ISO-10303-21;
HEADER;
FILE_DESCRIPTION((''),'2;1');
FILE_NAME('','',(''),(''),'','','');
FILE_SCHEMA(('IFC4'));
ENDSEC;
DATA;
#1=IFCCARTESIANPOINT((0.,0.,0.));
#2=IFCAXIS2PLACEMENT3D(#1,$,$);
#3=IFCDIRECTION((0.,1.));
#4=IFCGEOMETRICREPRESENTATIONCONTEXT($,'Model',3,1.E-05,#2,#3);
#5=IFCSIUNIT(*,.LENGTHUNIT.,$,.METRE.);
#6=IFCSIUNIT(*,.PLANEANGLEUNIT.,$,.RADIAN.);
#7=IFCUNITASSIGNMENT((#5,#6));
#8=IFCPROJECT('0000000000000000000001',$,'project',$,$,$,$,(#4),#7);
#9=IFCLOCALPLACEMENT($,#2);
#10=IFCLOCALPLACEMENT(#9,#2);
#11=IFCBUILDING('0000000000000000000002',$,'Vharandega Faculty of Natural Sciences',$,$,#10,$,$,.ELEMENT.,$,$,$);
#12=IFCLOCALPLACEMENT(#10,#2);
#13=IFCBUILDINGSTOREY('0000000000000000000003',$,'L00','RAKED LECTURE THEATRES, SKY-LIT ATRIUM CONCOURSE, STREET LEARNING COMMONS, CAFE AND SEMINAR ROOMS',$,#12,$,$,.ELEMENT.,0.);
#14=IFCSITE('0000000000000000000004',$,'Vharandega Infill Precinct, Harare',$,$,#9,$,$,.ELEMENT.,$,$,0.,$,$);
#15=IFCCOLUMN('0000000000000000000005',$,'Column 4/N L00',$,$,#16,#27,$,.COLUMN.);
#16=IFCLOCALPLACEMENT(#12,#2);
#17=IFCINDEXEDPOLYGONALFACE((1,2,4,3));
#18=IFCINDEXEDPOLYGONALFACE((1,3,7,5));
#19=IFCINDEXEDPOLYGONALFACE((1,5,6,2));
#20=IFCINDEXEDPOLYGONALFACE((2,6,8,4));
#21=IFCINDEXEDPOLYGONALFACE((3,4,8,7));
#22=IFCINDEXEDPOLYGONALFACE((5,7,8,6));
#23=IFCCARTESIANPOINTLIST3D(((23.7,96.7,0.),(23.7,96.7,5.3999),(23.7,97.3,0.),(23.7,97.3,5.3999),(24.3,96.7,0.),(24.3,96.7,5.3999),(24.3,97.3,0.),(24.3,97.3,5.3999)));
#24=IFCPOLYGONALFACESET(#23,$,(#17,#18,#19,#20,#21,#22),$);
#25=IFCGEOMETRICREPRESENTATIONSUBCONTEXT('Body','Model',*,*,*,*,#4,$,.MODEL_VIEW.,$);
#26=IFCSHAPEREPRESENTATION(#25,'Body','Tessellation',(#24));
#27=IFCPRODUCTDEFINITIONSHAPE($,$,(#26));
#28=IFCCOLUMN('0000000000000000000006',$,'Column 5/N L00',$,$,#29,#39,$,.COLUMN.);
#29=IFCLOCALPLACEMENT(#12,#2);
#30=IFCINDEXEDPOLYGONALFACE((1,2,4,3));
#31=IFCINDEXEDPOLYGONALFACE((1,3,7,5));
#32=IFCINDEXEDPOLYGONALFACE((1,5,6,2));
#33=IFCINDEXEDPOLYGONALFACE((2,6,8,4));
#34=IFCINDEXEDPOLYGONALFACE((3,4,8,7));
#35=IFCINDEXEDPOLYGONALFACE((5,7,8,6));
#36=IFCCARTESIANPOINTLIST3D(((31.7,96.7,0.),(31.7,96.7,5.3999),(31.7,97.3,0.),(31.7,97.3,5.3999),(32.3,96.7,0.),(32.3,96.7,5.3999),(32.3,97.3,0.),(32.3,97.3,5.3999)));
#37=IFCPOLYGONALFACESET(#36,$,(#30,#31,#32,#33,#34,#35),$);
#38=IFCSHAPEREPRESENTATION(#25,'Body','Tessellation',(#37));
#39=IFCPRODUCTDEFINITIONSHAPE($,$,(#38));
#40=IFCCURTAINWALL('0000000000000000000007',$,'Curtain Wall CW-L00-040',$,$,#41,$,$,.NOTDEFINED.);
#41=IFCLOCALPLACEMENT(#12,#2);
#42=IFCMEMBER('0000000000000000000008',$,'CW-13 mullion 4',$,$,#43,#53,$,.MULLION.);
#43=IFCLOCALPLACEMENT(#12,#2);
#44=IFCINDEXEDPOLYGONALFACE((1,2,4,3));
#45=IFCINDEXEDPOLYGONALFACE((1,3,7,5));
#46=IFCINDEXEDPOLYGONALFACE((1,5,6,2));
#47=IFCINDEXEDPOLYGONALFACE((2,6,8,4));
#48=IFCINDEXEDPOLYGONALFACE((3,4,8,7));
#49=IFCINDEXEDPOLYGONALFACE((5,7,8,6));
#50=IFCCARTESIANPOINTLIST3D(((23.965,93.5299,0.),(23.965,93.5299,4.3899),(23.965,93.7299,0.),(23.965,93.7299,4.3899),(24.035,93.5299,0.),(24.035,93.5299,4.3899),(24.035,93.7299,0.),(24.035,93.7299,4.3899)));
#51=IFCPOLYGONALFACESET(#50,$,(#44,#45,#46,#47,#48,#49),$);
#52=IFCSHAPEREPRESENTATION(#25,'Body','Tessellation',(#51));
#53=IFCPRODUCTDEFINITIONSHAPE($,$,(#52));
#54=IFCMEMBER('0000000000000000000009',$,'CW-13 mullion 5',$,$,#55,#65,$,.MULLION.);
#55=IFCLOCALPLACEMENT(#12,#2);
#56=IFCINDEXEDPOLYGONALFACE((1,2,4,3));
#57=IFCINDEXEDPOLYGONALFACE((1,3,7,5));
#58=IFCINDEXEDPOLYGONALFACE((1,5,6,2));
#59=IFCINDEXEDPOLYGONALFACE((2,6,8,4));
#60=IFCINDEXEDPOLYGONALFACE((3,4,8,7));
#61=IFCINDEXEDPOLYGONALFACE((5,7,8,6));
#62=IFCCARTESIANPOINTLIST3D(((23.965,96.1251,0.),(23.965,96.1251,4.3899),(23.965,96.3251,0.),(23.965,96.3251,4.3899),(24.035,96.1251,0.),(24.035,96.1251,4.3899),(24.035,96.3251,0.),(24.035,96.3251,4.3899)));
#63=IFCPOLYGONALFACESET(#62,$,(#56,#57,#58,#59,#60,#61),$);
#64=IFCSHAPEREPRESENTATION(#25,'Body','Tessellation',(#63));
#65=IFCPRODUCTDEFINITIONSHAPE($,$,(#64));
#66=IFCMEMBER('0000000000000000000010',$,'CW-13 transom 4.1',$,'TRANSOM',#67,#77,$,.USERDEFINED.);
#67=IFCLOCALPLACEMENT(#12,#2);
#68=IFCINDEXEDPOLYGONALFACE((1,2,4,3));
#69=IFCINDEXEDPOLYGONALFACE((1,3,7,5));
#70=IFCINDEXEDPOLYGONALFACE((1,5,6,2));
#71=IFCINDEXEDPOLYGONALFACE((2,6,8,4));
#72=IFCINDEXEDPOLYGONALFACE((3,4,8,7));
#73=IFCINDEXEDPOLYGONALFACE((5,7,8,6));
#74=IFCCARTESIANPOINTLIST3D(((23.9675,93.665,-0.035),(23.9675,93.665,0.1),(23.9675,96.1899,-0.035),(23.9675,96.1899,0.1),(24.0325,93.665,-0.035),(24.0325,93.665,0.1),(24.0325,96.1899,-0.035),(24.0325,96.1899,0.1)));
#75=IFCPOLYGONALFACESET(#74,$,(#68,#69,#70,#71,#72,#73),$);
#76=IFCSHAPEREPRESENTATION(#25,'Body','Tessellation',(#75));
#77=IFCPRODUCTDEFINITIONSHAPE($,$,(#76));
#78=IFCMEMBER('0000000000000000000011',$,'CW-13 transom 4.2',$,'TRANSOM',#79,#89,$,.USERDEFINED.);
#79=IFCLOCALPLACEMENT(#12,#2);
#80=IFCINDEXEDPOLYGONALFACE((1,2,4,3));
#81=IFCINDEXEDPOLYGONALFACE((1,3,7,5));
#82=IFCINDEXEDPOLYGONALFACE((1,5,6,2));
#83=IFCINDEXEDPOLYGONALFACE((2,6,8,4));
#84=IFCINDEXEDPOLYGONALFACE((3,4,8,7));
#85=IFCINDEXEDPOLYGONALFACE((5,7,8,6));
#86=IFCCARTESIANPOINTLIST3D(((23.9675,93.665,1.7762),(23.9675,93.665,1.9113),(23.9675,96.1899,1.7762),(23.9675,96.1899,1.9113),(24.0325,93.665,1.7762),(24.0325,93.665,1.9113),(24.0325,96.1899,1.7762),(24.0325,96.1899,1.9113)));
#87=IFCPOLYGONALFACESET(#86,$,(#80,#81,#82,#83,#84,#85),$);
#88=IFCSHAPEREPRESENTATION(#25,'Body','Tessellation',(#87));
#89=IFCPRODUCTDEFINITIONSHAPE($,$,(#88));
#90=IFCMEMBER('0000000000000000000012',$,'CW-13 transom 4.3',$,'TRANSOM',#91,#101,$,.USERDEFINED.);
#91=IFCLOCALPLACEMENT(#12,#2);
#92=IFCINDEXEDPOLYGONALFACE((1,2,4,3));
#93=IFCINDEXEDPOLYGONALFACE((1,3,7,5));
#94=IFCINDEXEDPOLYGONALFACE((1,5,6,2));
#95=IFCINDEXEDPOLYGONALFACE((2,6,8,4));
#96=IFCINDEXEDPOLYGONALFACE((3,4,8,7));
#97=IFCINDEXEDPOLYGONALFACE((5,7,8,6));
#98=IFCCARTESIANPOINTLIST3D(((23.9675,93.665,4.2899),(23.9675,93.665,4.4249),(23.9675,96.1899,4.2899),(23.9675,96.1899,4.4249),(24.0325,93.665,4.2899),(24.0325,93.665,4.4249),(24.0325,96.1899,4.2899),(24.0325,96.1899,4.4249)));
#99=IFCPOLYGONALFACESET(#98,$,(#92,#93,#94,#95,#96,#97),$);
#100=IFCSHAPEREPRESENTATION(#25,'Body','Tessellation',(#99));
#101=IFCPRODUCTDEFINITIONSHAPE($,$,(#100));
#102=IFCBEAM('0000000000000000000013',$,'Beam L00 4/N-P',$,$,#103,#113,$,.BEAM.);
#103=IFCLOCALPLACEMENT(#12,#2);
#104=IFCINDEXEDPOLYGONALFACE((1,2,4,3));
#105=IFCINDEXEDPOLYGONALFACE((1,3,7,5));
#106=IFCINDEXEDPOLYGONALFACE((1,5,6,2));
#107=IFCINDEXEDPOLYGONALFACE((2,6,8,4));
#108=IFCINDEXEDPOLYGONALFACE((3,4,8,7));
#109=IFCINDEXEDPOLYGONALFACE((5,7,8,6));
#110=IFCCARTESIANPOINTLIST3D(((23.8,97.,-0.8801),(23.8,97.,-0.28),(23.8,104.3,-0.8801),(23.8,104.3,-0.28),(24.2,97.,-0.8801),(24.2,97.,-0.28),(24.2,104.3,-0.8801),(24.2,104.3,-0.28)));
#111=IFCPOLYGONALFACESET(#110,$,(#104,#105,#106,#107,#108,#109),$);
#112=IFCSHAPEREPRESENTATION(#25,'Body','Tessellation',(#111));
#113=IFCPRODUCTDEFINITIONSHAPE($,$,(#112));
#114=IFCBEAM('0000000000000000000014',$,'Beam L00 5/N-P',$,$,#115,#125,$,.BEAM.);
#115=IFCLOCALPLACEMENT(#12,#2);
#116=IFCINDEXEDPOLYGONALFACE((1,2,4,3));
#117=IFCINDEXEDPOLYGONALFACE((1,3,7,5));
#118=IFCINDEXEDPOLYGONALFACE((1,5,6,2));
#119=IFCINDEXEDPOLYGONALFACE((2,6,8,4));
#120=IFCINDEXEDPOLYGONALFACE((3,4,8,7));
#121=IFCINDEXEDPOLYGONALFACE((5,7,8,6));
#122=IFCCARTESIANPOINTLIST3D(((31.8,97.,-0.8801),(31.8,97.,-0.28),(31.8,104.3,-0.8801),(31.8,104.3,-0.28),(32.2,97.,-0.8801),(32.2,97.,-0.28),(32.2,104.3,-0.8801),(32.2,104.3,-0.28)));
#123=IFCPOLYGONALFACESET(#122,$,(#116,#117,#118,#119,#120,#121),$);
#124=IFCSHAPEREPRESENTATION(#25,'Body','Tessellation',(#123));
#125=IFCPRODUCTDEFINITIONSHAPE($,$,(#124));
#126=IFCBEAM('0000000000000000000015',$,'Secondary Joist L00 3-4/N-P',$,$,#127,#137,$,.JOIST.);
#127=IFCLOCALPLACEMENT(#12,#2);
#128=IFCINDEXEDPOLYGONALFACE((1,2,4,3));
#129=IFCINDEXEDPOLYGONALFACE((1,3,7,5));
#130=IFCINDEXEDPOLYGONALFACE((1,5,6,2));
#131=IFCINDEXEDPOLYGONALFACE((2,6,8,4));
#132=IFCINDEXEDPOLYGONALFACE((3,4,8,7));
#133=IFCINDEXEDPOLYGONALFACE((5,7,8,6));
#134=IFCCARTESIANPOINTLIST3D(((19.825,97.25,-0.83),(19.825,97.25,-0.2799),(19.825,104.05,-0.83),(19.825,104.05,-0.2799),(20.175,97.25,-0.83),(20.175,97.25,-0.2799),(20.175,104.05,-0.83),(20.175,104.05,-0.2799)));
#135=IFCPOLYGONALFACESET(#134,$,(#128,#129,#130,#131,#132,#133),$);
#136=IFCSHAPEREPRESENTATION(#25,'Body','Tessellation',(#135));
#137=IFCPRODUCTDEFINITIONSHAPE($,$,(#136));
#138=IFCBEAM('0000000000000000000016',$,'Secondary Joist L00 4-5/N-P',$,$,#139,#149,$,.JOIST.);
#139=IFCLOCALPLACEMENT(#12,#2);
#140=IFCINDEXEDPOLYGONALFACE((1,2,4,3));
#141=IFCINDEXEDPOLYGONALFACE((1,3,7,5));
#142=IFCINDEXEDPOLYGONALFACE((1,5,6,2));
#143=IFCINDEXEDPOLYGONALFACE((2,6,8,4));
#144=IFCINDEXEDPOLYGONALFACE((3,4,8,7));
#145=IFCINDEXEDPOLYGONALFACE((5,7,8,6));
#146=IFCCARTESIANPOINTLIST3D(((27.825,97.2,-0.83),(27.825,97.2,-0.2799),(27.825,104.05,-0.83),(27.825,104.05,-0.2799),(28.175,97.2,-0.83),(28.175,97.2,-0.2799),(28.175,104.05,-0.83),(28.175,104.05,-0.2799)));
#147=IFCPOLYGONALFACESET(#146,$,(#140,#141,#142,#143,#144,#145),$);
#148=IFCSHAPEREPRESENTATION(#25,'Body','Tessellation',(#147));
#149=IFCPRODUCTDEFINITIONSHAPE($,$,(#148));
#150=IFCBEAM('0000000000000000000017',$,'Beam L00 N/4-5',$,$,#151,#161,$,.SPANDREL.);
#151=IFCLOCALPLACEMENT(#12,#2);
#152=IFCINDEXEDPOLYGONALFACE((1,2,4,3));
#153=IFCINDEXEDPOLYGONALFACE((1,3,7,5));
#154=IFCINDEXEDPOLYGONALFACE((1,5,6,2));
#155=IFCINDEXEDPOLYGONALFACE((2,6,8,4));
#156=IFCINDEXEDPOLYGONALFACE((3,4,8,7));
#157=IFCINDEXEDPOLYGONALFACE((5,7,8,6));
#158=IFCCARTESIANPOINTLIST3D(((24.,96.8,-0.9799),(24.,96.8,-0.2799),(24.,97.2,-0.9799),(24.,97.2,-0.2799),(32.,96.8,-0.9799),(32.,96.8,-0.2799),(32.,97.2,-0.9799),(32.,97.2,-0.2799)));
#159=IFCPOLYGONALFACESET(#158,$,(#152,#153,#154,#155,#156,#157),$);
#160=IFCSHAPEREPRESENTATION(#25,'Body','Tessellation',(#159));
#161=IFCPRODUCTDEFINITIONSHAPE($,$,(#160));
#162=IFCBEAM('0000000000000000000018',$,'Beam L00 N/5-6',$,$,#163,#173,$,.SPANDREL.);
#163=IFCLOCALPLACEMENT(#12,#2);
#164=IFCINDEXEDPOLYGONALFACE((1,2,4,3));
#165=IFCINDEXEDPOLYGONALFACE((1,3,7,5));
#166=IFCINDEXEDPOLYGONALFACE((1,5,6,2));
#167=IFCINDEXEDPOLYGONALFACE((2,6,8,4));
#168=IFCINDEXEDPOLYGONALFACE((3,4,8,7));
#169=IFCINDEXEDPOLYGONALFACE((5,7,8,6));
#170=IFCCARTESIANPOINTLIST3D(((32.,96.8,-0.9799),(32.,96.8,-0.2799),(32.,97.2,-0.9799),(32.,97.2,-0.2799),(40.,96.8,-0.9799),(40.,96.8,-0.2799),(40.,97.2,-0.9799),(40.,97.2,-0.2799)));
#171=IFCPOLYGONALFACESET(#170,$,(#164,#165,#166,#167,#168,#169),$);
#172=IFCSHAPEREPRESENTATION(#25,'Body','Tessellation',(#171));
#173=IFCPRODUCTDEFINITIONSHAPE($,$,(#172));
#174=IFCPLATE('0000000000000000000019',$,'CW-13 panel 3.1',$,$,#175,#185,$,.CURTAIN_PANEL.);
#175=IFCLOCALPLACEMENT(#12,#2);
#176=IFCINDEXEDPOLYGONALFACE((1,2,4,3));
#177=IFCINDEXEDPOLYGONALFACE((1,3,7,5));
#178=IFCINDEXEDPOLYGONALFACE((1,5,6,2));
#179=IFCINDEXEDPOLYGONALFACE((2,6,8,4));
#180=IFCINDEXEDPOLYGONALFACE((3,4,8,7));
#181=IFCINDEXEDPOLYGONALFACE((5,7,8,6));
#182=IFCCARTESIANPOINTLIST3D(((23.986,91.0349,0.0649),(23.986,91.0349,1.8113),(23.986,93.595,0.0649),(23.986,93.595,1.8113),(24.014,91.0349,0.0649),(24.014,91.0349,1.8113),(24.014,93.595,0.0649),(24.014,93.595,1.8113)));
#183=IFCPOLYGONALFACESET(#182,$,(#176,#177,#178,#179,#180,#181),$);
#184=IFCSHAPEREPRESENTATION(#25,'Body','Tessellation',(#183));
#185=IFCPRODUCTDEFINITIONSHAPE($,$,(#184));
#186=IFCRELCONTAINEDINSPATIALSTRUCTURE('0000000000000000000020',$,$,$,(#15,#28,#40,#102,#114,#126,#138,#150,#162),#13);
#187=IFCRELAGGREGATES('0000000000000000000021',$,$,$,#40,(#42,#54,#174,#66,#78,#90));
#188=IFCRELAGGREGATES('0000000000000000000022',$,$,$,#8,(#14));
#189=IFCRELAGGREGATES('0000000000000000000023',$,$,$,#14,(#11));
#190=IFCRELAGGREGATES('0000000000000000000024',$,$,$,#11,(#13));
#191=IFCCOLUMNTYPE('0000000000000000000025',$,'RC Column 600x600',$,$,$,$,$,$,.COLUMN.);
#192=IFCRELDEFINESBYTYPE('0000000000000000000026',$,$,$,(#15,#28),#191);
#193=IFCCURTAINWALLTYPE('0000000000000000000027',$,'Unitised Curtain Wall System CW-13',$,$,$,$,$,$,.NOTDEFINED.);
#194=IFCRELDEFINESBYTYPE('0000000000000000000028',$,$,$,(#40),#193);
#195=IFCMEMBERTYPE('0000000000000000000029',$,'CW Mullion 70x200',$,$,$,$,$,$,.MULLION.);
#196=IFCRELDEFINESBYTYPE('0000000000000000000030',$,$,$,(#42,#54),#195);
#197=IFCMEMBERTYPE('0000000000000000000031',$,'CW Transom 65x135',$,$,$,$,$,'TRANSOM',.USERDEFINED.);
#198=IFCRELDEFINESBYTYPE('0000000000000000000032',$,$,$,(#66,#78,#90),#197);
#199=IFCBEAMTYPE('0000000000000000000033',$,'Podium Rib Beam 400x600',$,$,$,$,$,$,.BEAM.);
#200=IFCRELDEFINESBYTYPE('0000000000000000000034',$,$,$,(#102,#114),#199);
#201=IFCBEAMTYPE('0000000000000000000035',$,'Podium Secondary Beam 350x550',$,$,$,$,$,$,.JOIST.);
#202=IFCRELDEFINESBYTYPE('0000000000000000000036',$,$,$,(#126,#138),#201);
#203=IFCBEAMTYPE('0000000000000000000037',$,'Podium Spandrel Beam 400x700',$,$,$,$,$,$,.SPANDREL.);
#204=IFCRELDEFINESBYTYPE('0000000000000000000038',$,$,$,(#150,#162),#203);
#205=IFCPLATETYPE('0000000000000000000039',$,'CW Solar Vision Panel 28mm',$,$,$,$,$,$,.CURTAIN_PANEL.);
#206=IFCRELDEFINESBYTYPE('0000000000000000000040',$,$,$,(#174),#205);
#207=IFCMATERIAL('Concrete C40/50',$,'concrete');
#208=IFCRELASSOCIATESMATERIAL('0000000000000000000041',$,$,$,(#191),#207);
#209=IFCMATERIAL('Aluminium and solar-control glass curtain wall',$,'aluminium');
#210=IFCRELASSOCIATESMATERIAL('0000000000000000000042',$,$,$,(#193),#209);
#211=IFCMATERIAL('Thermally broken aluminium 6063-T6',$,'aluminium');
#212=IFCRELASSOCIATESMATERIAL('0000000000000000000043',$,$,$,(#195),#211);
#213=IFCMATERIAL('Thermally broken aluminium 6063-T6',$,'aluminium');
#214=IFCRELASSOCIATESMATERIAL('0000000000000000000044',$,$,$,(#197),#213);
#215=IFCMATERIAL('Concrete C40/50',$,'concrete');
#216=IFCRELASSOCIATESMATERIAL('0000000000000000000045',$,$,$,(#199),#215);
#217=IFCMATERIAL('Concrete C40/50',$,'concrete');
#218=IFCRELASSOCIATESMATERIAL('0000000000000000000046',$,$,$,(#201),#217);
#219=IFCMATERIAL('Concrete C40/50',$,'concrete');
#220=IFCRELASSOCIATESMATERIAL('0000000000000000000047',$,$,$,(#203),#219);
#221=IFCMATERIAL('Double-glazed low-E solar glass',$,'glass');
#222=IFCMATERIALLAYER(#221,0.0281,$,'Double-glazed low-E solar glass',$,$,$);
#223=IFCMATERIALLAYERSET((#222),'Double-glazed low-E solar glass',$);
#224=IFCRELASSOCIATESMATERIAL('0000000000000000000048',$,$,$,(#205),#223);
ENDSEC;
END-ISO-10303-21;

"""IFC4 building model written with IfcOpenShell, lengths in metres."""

from ifc_helpers import new_model, si_unit, direction, frame, origin, origin_2d, place, context, subcontext, project, spatial, rectangle, extrude, material, layer, layer_set, material_profile, profile_set, type_object, element, aggregate, save


model = new_model("IFC4")

# Units and contexts
model_context = context("Model", 3, precision=1e-05, world=origin(), true_north=direction((0.0, 1.0)))
body_context = subcontext(model_context, "Body", "Model", "MODEL_VIEW")
ifc_project = project(units=[si_unit("LENGTHUNIT", "METRE"), si_unit("PLANEANGLEUNIT", "RADIAN")], contexts=[model_context])

# Site, building, storey
site_placement = place(None, origin())
site = spatial("IfcSite", under=ifc_project, at=site_placement, Name="Vharandega Infill Precinct, Harare", CompositionType="ELEMENT", RefElevation=0.0)
building_placement = place(site_placement, origin())
building = spatial("IfcBuilding", under=site, at=building_placement, Name="Vharandega Faculty of Natural Sciences", CompositionType="ELEMENT")
storey_placement = place(building_placement, origin())
storey = spatial("IfcBuildingStorey", under=building, at=storey_placement, Name="L00", Description="RAKED LECTURE THEATRES, SKY-LIT ATRIUM CONCOURSE, STREET LEARNING COMMONS, CAFE AND SEMINAR ROOMS", CompositionType="ELEMENT", Elevation=0.0)

# Columns
ifc_material_1 = material(Name="Concrete C40/50", Category="concrete")
ifc_material_profile_1 = material_profile(ifc_material_1, rectangle(XDim=0.6001, YDim=0.6001, at=origin_2d()), Name="RC 600x600")
ifc_profile_set_1 = profile_set([ifc_material_profile_1], Name="Concrete C40/50")
column_type = type_object("IfcColumnType", Name="RC Column 600x600", PredefinedType="COLUMN", material=ifc_profile_set_1)
for number, where, z_axis, x_axis, name in (
    (1, (24.0, 97.0, 0.0), (0.0, 0.0, 1.0), (1.0, 0.0, 0.0), "Column 4/N L00"),
    (2, (32.0, 97.0, 0.0), (0.0, 0.0, 1.0), (1.0, 0.0, 0.0), "Column 5/N L00"),
):
    element("IfcColumn", number, at=place(storey_placement, frame(where, z_axis=z_axis, x_axis=x_axis)), inside=storey, type_object=column_type, Name=name, PredefinedType="COLUMN", context=body_context, shape_type="SweptSolid", body=[
        extrude(rectangle(XDim=0.6001, YDim=0.6001, at=origin_2d()), origin(), (0.0, 0.0, 1.0), 5.3999),
    ])

# Curtain wall, members
ifc_material_2 = material(Name="Aluminium and solar-control glass curtain wall", Category="aluminium")
curtain_wall_type = type_object("IfcCurtainWallType", Name="Unitised Curtain Wall System CW-13", PredefinedType="NOTDEFINED", material=ifc_material_2)
curtain_wall_placement = place(storey_placement, origin())
curtain_wall = element("IfcCurtainWall", 3, at=curtain_wall_placement, inside=storey, type_object=curtain_wall_type, Name="Curtain Wall CW-L00-040", PredefinedType="NOTDEFINED")
ifc_material_3 = material(Name="Thermally broken aluminium 6063-T6", Category="aluminium")
ifc_material_profile_2 = material_profile(ifc_material_3, rectangle(XDim=0.0701, YDim=0.2, at=origin_2d()), Name="ALU 70x200")
ifc_profile_set_2 = profile_set([ifc_material_profile_2], Name="Thermally broken aluminium 6063-T6")
member_type_1 = type_object("IfcMemberType", Name="CW Mullion 70x200", PredefinedType="MULLION", material=ifc_profile_set_2)
member_1_placement = place(storey_placement, frame((24.0, 93.6299, 0.0), z_axis=(0.0, 0.0, 1.0), x_axis=(-1.0, 0.0, 0.0)))
member_1 = element("IfcMember", 4, at=member_1_placement, type_object=member_type_1, Name="CW-13 mullion 4", PredefinedType="MULLION", context=body_context, shape_type="SweptSolid", body=[
    extrude(rectangle(XDim=0.0701, YDim=0.2, at=origin_2d()), origin(), (0.0, 0.0, 1.0), 4.3899),
])
member_2_placement = place(storey_placement, frame((24.0, 96.2251, 0.0), z_axis=(0.0, 0.0, 1.0), x_axis=(-1.0, 0.0, 0.0)))
member_2 = element("IfcMember", 5, at=member_2_placement, type_object=member_type_1, Name="CW-13 mullion 5", PredefinedType="MULLION", context=body_context, shape_type="SweptSolid", body=[
    extrude(rectangle(XDim=0.0701, YDim=0.2, at=origin_2d()), origin(), (0.0, 0.0, 1.0), 4.3899),
])
ifc_material_4 = material(Name="Thermally broken aluminium 6063-T6", Category="aluminium")
ifc_material_profile_3 = material_profile(ifc_material_4, rectangle(XDim=0.0649, YDim=0.135, at=origin_2d()), Name="ALU 65x135")
ifc_profile_set_3 = profile_set([ifc_material_profile_3], Name="Thermally broken aluminium 6063-T6")
member_type_2 = type_object("IfcMemberType", Name="CW Transom 65x135", ElementType="TRANSOM", PredefinedType="USERDEFINED", material=ifc_profile_set_3)
member_3_placement = place(storey_placement, frame((24.0, 93.665, 0.0325), z_axis=(0.0, 1.0, 0.0), x_axis=(-1.0, 0.0, 0.0)))
member_3 = element("IfcMember", 6, at=member_3_placement, type_object=member_type_2, Name="CW-13 transom 4.1", ObjectType="TRANSOM", PredefinedType="USERDEFINED", context=body_context, shape_type="SweptSolid", body=[
    extrude(rectangle(XDim=0.0649, YDim=0.135, at=origin_2d()), origin(), (0.0, 0.0, 1.0), 2.5249),
])
member_4_placement = place(storey_placement, frame((24.0, 93.665, 1.8438), z_axis=(0.0, 1.0, 0.0), x_axis=(-1.0, 0.0, 0.0)))
member_4 = element("IfcMember", 7, at=member_4_placement, type_object=member_type_2, Name="CW-13 transom 4.2", ObjectType="TRANSOM", PredefinedType="USERDEFINED", context=body_context, shape_type="SweptSolid", body=[
    extrude(rectangle(XDim=0.0649, YDim=0.135, at=origin_2d()), origin(), (0.0, 0.0, 1.0), 2.5249),
])
member_5_placement = place(storey_placement, frame((24.0, 93.665, 4.3574), z_axis=(0.0, 1.0, 0.0), x_axis=(-1.0, 0.0, 0.0)))
member_5 = element("IfcMember", 8, at=member_5_placement, type_object=member_type_2, Name="CW-13 transom 4.3", ObjectType="TRANSOM", PredefinedType="USERDEFINED", context=body_context, shape_type="SweptSolid", body=[
    extrude(rectangle(XDim=0.0649, YDim=0.135, at=origin_2d()), origin(), (0.0, 0.0, 1.0), 2.5249),
])

# Beams
ifc_material_5 = material(Name="Concrete C40/50", Category="concrete")
ifc_material_profile_4 = material_profile(ifc_material_5, rectangle(XDim=0.3999, YDim=0.6001, at=origin_2d()), Name="RC 400x600")
ifc_profile_set_4 = profile_set([ifc_material_profile_4], Name="Concrete C40/50")
beam_type_1 = type_object("IfcBeamType", Name="Podium Rib Beam 400x600", PredefinedType="BEAM", material=ifc_profile_set_4)
for number, where, z_axis, x_axis, name in (
    (9, (24.0, 97.0, -0.5801), (0.0, 1.0, 0.0), (-1.0, 0.0, 0.0), "Beam L00 4/N-P"),
    (10, (32.0, 97.0, -0.5801), (0.0, 1.0, 0.0), (-1.0, 0.0, 0.0), "Beam L00 5/N-P"),
):
    element("IfcBeam", number, at=place(storey_placement, frame(where, z_axis=z_axis, x_axis=x_axis)), inside=storey, type_object=beam_type_1, Name=name, PredefinedType="BEAM", context=body_context, shape_type="SweptSolid", body=[
        extrude(rectangle(XDim=0.3999, YDim=0.6001, at=origin_2d()), origin(), (0.0, 0.0, 1.0), 7.3),
    ])
ifc_material_6 = material(Name="Concrete C40/50", Category="concrete")
ifc_material_profile_5 = material_profile(ifc_material_6, rectangle(XDim=0.3501, YDim=0.55, at=origin_2d()), Name="RC 350x550")
ifc_profile_set_5 = profile_set([ifc_material_profile_5], Name="Concrete C40/50")
beam_type_2 = type_object("IfcBeamType", Name="Podium Secondary Beam 350x550", PredefinedType="JOIST", material=ifc_profile_set_5)
beam_1_placement = place(storey_placement, frame((20.0, 97.25, -0.5549), z_axis=(0.0, 1.0, 0.0), x_axis=(-1.0, 0.0, 0.0)))
element("IfcBeam", 11, at=beam_1_placement, inside=storey, type_object=beam_type_2, Name="Secondary Joist L00 3-4/N-P", PredefinedType="JOIST", context=body_context, shape_type="SweptSolid", body=[
    extrude(rectangle(XDim=0.3501, YDim=0.55, at=origin_2d()), origin(), (0.0, 0.0, 1.0), 6.8),
])
beam_2_placement = place(storey_placement, frame((28.0, 97.2, -0.5549), z_axis=(0.0, 1.0, 0.0), x_axis=(-1.0, 0.0, 0.0)))
element("IfcBeam", 12, at=beam_2_placement, inside=storey, type_object=beam_type_2, Name="Secondary Joist L00 4-5/N-P", PredefinedType="JOIST", context=body_context, shape_type="SweptSolid", body=[
    extrude(rectangle(XDim=0.3501, YDim=0.55, at=origin_2d()), origin(), (0.0, 0.0, 1.0), 6.8501),
])
ifc_material_7 = material(Name="Concrete C40/50", Category="concrete")
ifc_material_profile_6 = material_profile(ifc_material_7, rectangle(XDim=0.3999, YDim=0.7, at=origin_2d()), Name="RC 400x700")
ifc_profile_set_6 = profile_set([ifc_material_profile_6], Name="Concrete C40/50")
beam_type_3 = type_object("IfcBeamType", Name="Podium Spandrel Beam 400x700", PredefinedType="SPANDREL", material=ifc_profile_set_6)
for number, where, z_axis, x_axis, name in (
    (13, (24.0, 97.0, -0.6299), (1.0, 0.0, 0.0), (0.0, 1.0, 0.0), "Beam L00 N/4-5"),
    (14, (32.0, 97.0, -0.6299), (1.0, 0.0, 0.0), (0.0, 1.0, 0.0), "Beam L00 N/5-6"),
):
    element("IfcBeam", number, at=place(storey_placement, frame(where, z_axis=z_axis, x_axis=x_axis)), inside=storey, type_object=beam_type_3, Name=name, PredefinedType="SPANDREL", context=body_context, shape_type="SweptSolid", body=[
        extrude(rectangle(XDim=0.3999, YDim=0.7, at=origin_2d()), origin(), (0.0, 0.0, 1.0), 8.0),
    ])

# Plate
ifc_material_8 = material(Name="Double-glazed low-E solar glass", Category="glass")
ifc_layer_1 = layer(ifc_material_8, 0.0281, Name="Double-glazed low-E solar glass")
ifc_layer_set_1 = layer_set([ifc_layer_1], Name="Double-glazed low-E solar glass")
plate_type = type_object("IfcPlateType", Name="CW Solar Vision Panel 28mm", PredefinedType="CURTAIN_PANEL", material=ifc_layer_set_1)
plate_1_placement = place(storey_placement, frame((24.0, 92.3149, 0.0649), z_axis=(0.0, 0.0, 1.0), x_axis=(0.0, 1.0, 0.0)))
plate_1 = element("IfcPlate", 15, at=plate_1_placement, type_object=plate_type, Name="CW-13 panel 3.1", PredefinedType="CURTAIN_PANEL", context=body_context, shape_type="SweptSolid", body=[
    extrude(rectangle(XDim=2.5601, YDim=0.0281, at=origin_2d()), origin(), (0.0, 0.0, 1.0), 1.7463),
])
aggregate(curtain_wall, [member_1, member_2, plate_1, member_3, member_4, member_5])

save(model, "model.ifc")
